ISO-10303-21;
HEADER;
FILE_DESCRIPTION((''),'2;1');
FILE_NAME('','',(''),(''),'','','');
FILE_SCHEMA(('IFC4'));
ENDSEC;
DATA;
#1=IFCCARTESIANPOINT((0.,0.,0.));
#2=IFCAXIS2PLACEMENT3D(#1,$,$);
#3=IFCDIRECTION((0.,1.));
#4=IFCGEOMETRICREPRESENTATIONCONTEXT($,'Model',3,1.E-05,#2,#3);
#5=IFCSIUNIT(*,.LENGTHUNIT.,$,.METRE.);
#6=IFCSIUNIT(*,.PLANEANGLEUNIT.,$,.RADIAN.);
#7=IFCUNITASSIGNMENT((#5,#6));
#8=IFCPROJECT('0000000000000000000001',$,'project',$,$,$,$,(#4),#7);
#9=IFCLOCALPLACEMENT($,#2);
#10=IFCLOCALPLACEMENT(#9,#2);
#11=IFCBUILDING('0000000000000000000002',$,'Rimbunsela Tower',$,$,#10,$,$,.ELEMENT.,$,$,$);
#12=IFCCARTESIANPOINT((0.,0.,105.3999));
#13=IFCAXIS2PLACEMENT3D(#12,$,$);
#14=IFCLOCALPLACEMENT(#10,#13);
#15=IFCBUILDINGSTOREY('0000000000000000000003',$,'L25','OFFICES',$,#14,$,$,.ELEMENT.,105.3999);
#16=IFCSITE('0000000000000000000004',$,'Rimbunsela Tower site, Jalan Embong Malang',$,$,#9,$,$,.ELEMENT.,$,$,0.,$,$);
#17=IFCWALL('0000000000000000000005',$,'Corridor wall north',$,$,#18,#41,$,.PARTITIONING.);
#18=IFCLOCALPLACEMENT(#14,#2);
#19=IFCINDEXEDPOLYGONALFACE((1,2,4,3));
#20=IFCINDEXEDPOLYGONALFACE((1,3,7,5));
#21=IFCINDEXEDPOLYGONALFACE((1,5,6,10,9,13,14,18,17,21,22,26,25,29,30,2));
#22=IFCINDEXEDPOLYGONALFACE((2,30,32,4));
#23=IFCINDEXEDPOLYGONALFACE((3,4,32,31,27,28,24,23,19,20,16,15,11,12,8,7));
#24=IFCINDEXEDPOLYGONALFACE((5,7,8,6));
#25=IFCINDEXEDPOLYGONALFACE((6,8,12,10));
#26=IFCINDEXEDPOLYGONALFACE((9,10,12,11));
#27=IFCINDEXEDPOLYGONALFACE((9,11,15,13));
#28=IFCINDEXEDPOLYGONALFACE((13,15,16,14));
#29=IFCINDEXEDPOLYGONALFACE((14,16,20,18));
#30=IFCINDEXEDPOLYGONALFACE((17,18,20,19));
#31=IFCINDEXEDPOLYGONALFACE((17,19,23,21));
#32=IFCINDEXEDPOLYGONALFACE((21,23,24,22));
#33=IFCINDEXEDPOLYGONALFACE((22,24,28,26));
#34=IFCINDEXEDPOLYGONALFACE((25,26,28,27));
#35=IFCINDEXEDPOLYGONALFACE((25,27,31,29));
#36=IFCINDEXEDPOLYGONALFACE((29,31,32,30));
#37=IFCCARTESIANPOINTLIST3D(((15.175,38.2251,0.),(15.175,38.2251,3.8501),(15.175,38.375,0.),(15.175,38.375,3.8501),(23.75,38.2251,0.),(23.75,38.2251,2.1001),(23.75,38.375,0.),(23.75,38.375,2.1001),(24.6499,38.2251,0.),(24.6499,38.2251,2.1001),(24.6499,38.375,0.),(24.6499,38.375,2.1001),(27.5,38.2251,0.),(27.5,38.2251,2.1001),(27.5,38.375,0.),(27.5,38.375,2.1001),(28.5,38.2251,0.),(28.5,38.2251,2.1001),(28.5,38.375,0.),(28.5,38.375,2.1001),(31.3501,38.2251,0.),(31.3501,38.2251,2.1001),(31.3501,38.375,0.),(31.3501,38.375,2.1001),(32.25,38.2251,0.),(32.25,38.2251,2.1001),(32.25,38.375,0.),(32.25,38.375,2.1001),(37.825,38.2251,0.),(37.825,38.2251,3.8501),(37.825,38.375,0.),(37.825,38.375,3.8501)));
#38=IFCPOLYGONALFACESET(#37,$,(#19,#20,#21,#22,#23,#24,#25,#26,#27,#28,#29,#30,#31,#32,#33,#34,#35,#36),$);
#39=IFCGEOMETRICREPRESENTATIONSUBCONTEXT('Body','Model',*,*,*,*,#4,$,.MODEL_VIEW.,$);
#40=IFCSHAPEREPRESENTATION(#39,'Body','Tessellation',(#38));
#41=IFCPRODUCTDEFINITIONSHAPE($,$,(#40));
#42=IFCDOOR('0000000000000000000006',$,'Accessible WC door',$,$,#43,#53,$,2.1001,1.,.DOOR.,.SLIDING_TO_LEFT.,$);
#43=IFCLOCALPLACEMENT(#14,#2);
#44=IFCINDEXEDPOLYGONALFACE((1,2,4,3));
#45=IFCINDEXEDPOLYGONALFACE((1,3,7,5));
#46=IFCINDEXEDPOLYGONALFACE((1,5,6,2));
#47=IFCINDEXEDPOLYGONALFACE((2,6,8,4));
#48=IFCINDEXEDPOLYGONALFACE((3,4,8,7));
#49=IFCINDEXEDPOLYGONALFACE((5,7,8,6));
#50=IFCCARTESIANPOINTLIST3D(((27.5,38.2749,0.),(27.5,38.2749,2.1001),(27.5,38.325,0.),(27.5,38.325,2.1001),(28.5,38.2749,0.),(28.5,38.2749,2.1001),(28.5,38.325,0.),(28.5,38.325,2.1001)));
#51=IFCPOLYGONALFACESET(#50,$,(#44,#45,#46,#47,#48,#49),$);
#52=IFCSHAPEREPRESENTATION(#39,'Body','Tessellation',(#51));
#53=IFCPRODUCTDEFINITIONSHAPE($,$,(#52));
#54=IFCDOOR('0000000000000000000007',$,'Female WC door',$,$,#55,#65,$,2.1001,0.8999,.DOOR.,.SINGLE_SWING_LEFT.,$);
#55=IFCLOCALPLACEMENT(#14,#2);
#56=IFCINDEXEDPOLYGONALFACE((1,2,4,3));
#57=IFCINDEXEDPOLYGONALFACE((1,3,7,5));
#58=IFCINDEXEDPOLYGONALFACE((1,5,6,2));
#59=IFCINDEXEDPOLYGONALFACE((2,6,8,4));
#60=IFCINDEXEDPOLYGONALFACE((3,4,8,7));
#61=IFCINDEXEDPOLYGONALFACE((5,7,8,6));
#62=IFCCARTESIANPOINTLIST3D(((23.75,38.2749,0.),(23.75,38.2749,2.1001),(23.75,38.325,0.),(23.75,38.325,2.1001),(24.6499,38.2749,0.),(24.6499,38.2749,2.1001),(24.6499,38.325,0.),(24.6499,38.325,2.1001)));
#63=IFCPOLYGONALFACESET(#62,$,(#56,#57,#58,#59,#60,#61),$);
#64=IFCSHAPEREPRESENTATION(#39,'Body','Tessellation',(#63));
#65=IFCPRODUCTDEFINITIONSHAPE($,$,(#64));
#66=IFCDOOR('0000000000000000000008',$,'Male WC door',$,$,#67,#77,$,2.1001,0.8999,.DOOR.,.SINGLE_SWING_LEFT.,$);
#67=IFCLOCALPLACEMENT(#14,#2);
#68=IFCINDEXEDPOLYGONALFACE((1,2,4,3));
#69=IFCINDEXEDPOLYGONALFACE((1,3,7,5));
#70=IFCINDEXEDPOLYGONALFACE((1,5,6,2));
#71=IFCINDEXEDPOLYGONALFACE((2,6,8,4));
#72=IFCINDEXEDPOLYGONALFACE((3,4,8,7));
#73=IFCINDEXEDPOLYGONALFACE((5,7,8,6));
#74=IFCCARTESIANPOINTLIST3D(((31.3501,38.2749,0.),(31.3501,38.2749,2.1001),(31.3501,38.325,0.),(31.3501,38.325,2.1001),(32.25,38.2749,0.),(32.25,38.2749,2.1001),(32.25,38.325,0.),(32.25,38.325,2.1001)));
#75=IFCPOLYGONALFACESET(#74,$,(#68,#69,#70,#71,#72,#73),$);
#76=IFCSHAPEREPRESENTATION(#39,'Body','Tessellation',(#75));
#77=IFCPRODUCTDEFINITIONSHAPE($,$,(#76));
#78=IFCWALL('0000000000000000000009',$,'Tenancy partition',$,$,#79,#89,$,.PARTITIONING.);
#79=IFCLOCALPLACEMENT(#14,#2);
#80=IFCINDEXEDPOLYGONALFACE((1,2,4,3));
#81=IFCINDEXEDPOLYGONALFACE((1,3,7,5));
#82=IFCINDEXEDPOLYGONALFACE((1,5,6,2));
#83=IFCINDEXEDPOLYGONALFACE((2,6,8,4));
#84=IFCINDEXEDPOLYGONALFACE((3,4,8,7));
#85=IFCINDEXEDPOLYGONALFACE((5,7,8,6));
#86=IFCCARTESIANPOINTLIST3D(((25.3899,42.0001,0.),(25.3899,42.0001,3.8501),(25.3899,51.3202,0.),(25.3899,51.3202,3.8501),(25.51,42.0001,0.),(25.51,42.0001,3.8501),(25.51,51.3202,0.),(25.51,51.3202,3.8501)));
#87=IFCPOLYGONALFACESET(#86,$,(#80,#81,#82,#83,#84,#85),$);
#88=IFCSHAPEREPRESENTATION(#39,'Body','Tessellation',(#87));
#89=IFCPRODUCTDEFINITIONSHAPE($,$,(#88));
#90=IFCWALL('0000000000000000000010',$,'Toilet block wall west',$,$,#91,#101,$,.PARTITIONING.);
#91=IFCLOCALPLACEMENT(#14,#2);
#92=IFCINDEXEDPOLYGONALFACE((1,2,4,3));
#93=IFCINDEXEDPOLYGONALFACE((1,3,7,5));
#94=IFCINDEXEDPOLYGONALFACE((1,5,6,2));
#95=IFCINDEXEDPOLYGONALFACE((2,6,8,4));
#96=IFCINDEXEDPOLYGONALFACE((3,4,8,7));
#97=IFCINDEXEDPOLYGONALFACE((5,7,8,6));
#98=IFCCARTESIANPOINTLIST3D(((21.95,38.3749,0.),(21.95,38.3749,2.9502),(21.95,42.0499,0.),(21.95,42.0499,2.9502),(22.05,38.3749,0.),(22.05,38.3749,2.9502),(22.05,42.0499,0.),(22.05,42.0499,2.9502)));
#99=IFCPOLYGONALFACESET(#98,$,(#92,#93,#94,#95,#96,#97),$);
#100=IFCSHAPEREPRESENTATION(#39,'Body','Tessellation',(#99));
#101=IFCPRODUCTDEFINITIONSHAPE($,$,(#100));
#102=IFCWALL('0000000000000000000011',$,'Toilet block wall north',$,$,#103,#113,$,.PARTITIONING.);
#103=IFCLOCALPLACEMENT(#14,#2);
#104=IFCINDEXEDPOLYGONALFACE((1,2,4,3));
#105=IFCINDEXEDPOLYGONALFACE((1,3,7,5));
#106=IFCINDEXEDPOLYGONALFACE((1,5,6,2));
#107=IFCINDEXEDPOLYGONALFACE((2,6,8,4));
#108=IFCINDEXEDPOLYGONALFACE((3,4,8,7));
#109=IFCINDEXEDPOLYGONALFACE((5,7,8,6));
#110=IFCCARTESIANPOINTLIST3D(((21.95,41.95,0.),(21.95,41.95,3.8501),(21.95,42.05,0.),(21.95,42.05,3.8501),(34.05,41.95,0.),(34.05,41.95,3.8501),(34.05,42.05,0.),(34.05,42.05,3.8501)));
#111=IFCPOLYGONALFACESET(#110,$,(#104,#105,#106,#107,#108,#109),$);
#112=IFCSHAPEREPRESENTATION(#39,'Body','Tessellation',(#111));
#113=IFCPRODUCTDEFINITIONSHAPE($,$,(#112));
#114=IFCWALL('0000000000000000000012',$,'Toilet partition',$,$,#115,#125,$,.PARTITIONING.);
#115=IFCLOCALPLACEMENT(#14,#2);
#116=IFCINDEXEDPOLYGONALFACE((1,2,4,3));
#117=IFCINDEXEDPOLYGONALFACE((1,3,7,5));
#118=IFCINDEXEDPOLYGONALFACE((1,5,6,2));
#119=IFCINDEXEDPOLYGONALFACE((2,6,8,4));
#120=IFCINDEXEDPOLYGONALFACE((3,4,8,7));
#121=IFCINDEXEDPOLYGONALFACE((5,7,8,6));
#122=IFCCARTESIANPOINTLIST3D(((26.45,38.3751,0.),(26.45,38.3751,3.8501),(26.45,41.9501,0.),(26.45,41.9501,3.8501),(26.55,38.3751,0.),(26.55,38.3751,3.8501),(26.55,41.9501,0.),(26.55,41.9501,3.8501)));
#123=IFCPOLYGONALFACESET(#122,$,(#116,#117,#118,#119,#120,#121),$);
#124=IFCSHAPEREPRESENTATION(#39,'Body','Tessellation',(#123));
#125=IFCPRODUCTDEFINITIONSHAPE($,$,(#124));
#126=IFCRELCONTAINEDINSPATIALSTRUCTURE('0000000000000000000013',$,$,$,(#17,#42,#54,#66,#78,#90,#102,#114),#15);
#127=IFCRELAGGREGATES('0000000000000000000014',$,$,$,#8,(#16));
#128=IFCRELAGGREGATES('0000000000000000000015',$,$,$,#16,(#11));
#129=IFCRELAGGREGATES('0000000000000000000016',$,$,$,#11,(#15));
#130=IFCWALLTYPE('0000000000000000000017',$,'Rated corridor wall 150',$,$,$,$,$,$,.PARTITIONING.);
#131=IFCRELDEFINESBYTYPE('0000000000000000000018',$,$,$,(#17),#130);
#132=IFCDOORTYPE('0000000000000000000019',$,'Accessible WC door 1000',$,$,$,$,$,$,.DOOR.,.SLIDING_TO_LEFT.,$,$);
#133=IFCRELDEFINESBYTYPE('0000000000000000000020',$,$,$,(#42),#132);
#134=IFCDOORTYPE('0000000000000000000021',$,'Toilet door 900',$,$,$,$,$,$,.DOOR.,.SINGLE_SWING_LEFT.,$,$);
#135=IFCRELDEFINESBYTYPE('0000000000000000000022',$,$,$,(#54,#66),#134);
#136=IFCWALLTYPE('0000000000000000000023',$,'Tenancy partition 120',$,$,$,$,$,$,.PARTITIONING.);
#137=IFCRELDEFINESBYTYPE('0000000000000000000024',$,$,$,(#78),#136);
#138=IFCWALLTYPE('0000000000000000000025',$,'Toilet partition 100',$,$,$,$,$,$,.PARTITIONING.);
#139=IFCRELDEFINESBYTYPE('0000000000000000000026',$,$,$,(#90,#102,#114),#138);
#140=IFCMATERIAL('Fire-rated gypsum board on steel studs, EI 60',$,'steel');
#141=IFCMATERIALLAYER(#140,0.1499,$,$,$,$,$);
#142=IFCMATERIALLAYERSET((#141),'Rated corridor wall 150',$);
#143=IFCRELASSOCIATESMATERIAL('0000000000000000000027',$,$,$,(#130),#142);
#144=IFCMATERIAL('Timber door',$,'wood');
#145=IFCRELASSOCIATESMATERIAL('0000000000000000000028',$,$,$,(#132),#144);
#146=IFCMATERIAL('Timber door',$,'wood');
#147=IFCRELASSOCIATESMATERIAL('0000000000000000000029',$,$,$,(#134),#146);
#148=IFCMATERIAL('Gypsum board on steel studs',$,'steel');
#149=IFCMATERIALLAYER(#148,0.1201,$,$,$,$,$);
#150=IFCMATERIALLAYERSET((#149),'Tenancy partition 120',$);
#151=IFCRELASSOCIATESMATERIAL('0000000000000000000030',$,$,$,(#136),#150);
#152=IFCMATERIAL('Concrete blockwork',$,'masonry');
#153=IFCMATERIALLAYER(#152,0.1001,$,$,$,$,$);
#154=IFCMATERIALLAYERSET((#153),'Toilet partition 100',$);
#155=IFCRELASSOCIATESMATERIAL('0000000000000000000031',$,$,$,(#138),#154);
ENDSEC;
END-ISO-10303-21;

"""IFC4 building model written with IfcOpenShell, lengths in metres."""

from ifc_helpers import new_model, si_unit, direction, frame, frame_2d, origin, place, context, subcontext, project, spatial, rectangle, extrude, material, layer, layer_set, type_object, element, fill, save


model = new_model("IFC4")

# Units and contexts
model_context = context("Model", 3, precision=1e-05, world=origin(), true_north=direction((0.0, 1.0)))
body_context = subcontext(model_context, "Body", "Model", "MODEL_VIEW")
ifc_project = project(units=[si_unit("LENGTHUNIT", "METRE"), si_unit("PLANEANGLEUNIT", "RADIAN")], contexts=[model_context])

# Site, building, storey
site_placement = place(None, origin())
site = spatial("IfcSite", under=ifc_project, at=site_placement, Name="Rimbunsela Tower site, Jalan Embong Malang", CompositionType="ELEMENT", RefElevation=0.0)
building_placement = place(site_placement, origin())
building = spatial("IfcBuilding", under=site, at=building_placement, Name="Rimbunsela Tower", CompositionType="ELEMENT")
storey_placement = place(building_placement, frame((0.0, 0.0, 105.3999)))
storey = spatial("IfcBuildingStorey", under=building, at=storey_placement, Name="L25", Description="OFFICES", CompositionType="ELEMENT", Elevation=105.3999)

# Wall, openings, doors
ifc_material_1 = material(Name="Fire-rated gypsum board on steel studs, EI 60", Category="steel")
ifc_layer_1 = layer(ifc_material_1, 0.1499)
ifc_layer_set_1 = layer_set([ifc_layer_1], Name="Rated corridor wall 150")
wall_type_1 = type_object("IfcWallType", Name="Rated corridor wall 150", PredefinedType="PARTITIONING", material=ifc_layer_set_1)
wall_1_placement = place(storey_placement, frame((15.175, 38.3, 0.0), z_axis=(0.0, 0.0, 1.0), x_axis=(1.0, 0.0, 0.0)))
wall_1 = element("IfcWall", 1, at=wall_1_placement, inside=storey, type_object=wall_type_1, Name="Corridor wall north", PredefinedType="PARTITIONING", context=body_context, shape_type="SweptSolid", body=[
    extrude(rectangle(XDim=22.6499, YDim=0.1499, at=frame_2d((11.325, 0.0))), origin(), (0.0, 0.0, 1.0), 3.8501),
])
opening_1_placement = place(wall_1_placement, frame((8.575, 0.0, 0.0)))
opening_1 = element("IfcOpeningElement", 2, at=opening_1_placement, cuts=wall_1, PredefinedType="OPENING", context=body_context, shape_type="SweptSolid", body=[
    extrude(rectangle(XDim=0.8999, YDim=2.1001, at=frame_2d((0.45, 1.05))), frame((0.0, 0.085, 0.0), z_axis=(0.0, -1.0, 0.0), x_axis=(1.0, 0.0, 0.0)), (0.0, 0.0, 1.0), 0.1699),
])
opening_2_placement = place(wall_1_placement, frame((12.325, 0.0, 0.0)))
opening_2 = element("IfcOpeningElement", 3, at=opening_2_placement, cuts=wall_1, PredefinedType="OPENING", context=body_context, shape_type="SweptSolid", body=[
    extrude(rectangle(XDim=1.0, YDim=2.1001, at=frame_2d((0.5, 1.05))), frame((0.0, 0.085, 0.0), z_axis=(0.0, -1.0, 0.0), x_axis=(1.0, 0.0, 0.0)), (0.0, 0.0, 1.0), 0.1699),
])
opening_3_placement = place(wall_1_placement, frame((16.175, 0.0, 0.0)))
opening_3 = element("IfcOpeningElement", 4, at=opening_3_placement, cuts=wall_1, PredefinedType="OPENING", context=body_context, shape_type="SweptSolid", body=[
    extrude(rectangle(XDim=0.8999, YDim=2.1001, at=frame_2d((0.45, 1.05))), frame((0.0, 0.085, 0.0), z_axis=(0.0, -1.0, 0.0), x_axis=(1.0, 0.0, 0.0)), (0.0, 0.0, 1.0), 0.1699),
])
ifc_material_2 = material(Name="Timber door", Category="wood")
door_type_1 = type_object("IfcDoorType", Name="Accessible WC door 1000", OperationType="SLIDING_TO_LEFT", PredefinedType="DOOR", material=ifc_material_2)
door_1_placement = place(opening_2_placement, origin())
door_1 = element("IfcDoor", 5, at=door_1_placement, inside=storey, type_object=door_type_1, Name="Accessible WC door", OperationType="SLIDING_TO_LEFT", OverallHeight=2.1001, OverallWidth=1.0, PredefinedType="DOOR", context=body_context, shape_type="SweptSolid", body=[
    extrude(rectangle(XDim=1.0, YDim=2.1001, at=frame_2d((0.5, 1.05))), frame((0.0, 0.0249, 0.0), z_axis=(0.0, -1.0, 0.0), x_axis=(1.0, 0.0, 0.0)), (0.0, 0.0, 1.0), 0.05),
])
fill(opening_2, door_1)
ifc_material_3 = material(Name="Timber door", Category="wood")
door_type_2 = type_object("IfcDoorType", Name="Toilet door 900", OperationType="SINGLE_SWING_LEFT", PredefinedType="DOOR", material=ifc_material_3)
door_2_placement = place(opening_1_placement, origin())
door_2 = element("IfcDoor", 6, at=door_2_placement, inside=storey, type_object=door_type_2, Name="Female WC door", OperationType="SINGLE_SWING_LEFT", OverallHeight=2.1001, OverallWidth=0.8999, PredefinedType="DOOR", context=body_context, shape_type="SweptSolid", body=[
    extrude(rectangle(XDim=0.8999, YDim=2.1001, at=frame_2d((0.45, 1.05))), frame((0.0, 0.0249, 0.0), z_axis=(0.0, -1.0, 0.0), x_axis=(1.0, 0.0, 0.0)), (0.0, 0.0, 1.0), 0.05),
])
fill(opening_1, door_2)
door_3_placement = place(opening_3_placement, origin())
door_3 = element("IfcDoor", 7, at=door_3_placement, inside=storey, type_object=door_type_2, Name="Male WC door", OperationType="SINGLE_SWING_LEFT", OverallHeight=2.1001, OverallWidth=0.8999, PredefinedType="DOOR", context=body_context, shape_type="SweptSolid", body=[
    extrude(rectangle(XDim=0.8999, YDim=2.1001, at=frame_2d((0.45, 1.05))), frame((0.0, 0.0249, 0.0), z_axis=(0.0, -1.0, 0.0), x_axis=(1.0, 0.0, 0.0)), (0.0, 0.0, 1.0), 0.05),
])
fill(opening_3, door_3)

# Walls
ifc_material_4 = material(Name="Gypsum board on steel studs", Category="steel")
ifc_layer_2 = layer(ifc_material_4, 0.1201)
ifc_layer_set_2 = layer_set([ifc_layer_2], Name="Tenancy partition 120")
wall_type_2 = type_object("IfcWallType", Name="Tenancy partition 120", PredefinedType="PARTITIONING", material=ifc_layer_set_2)
wall_2_placement = place(storey_placement, frame((25.45, 42.0, 0.0), z_axis=(0.0, 0.0, 1.0), x_axis=(0.0, 1.0, 0.0)))
element("IfcWall", 8, at=wall_2_placement, inside=storey, type_object=wall_type_2, Name="Tenancy partition", PredefinedType="PARTITIONING", context=body_context, shape_type="SweptSolid", body=[
    extrude(rectangle(XDim=9.3201, YDim=0.1201, at=frame_2d((4.6602, 0.0))), origin(), (0.0, 0.0, 1.0), 3.8501),
])
ifc_material_5 = material(Name="Concrete blockwork", Category="masonry")
ifc_layer_3 = layer(ifc_material_5, 0.1001)
ifc_layer_set_3 = layer_set([ifc_layer_3], Name="Toilet partition 100")
wall_type_3 = type_object("IfcWallType", Name="Toilet partition 100", PredefinedType="PARTITIONING", material=ifc_layer_set_3)
wall_3_placement = place(storey_placement, frame((22.0, 38.375, 0.0), z_axis=(0.0, 0.0, 1.0), x_axis=(0.0, 1.0, 0.0)))
element("IfcWall", 9, at=wall_3_placement, inside=storey, type_object=wall_type_3, Name="Toilet block wall west", PredefinedType="PARTITIONING", context=body_context, shape_type="SweptSolid", body=[
    extrude(rectangle(XDim=3.675, YDim=0.1001, at=frame_2d((1.8374, 0.0))), origin(), (0.0, 0.0, 1.0), 2.9502),
])
wall_4_placement = place(storey_placement, frame((21.95, 42.0, 0.0), z_axis=(0.0, 0.0, 1.0), x_axis=(1.0, 0.0, 0.0)))
element("IfcWall", 10, at=wall_4_placement, inside=storey, type_object=wall_type_3, Name="Toilet block wall north", PredefinedType="PARTITIONING", context=body_context, shape_type="SweptSolid", body=[
    extrude(rectangle(XDim=12.1001, YDim=0.1001, at=frame_2d((6.05, 0.0))), origin(), (0.0, 0.0, 1.0), 3.8501),
])
wall_5_placement = place(storey_placement, frame((26.5, 38.375, 0.0), z_axis=(0.0, 0.0, 1.0), x_axis=(0.0, 1.0, 0.0)))
element("IfcWall", 11, at=wall_5_placement, inside=storey, type_object=wall_type_3, Name="Toilet partition", PredefinedType="PARTITIONING", context=body_context, shape_type="SweptSolid", body=[
    extrude(rectangle(XDim=3.575, YDim=0.1001, at=frame_2d((1.7876, 0.0))), origin(), (0.0, 0.0, 1.0), 3.8501),
])

save(model, "model.ifc")
